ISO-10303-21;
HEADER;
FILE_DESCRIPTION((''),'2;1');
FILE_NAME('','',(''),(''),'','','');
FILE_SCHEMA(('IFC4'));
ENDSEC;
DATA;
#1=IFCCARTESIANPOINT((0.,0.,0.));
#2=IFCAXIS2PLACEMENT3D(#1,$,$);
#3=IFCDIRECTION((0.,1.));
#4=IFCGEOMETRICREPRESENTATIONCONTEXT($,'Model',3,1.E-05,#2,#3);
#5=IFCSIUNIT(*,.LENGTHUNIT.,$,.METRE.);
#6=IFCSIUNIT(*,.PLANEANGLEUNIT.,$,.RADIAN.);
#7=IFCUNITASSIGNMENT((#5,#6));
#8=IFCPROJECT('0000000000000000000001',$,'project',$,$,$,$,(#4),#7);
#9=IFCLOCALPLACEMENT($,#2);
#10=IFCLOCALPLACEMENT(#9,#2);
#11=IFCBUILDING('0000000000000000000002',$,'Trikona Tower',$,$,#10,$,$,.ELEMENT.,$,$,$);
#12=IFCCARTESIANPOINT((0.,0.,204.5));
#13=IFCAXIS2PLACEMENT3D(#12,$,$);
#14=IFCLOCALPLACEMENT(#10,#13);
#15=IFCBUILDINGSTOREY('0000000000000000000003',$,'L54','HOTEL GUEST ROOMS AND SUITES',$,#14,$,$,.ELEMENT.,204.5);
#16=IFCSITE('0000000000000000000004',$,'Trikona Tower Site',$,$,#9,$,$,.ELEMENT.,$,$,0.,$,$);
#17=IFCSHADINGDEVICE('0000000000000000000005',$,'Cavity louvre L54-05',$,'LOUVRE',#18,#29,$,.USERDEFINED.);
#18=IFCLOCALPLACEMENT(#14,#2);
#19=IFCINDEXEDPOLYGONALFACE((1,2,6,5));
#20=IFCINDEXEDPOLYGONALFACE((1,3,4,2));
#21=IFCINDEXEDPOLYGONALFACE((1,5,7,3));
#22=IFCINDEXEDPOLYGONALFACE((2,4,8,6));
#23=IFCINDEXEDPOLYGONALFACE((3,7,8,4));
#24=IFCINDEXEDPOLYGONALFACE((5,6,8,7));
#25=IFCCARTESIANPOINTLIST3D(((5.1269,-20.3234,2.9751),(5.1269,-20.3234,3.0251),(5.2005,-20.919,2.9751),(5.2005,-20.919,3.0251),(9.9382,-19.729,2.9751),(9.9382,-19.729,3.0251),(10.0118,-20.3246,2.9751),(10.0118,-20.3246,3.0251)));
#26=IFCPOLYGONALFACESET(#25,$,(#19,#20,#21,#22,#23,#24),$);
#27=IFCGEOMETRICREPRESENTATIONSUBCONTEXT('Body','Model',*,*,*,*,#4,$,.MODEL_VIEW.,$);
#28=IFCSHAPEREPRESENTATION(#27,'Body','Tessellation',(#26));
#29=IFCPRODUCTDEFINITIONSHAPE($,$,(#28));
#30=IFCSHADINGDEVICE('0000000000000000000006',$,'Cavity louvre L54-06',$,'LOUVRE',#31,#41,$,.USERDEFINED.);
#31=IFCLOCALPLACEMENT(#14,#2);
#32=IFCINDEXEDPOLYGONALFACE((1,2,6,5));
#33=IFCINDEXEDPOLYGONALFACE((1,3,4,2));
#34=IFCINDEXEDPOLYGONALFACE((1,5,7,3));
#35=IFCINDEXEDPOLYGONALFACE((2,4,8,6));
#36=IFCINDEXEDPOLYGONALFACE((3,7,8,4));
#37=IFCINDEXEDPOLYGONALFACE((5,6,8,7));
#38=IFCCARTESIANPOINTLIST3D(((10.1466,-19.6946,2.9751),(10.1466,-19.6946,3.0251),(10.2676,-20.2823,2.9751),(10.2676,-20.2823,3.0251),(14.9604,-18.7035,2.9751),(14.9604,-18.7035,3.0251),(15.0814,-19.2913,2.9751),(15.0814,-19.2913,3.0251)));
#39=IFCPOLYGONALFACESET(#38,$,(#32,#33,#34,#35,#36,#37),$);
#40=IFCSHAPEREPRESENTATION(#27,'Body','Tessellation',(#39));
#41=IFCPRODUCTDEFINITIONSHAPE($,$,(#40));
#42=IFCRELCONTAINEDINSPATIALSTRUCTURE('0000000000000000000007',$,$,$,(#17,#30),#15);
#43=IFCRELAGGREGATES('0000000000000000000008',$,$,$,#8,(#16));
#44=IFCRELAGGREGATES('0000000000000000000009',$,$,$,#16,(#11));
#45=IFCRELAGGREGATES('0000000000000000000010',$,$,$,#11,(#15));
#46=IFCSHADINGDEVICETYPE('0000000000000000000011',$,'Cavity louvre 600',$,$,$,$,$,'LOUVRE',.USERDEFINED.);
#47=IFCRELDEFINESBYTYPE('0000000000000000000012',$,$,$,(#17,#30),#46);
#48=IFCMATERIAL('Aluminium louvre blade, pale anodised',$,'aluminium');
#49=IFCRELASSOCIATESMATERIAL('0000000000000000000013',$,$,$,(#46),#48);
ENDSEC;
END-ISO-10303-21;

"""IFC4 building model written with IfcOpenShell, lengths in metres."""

from ifc_helpers import new_model, si_unit, direction, frame, origin, origin_2d, place, context, subcontext, project, spatial, rectangle, extrude, material, type_object, element, save


model = new_model("IFC4")

# Units and contexts
model_context = context("Model", 3, precision=1e-05, world=origin(), true_north=direction((0.0, 1.0)))
body_context = subcontext(model_context, "Body", "Model", "MODEL_VIEW")
ifc_project = project(units=[si_unit("LENGTHUNIT", "METRE"), si_unit("PLANEANGLEUNIT", "RADIAN")], contexts=[model_context])

# Site, building, storey
site_placement = place(None, origin())
site = spatial("IfcSite", under=ifc_project, at=site_placement, Name="Trikona Tower Site", CompositionType="ELEMENT", RefElevation=0.0)
building_placement = place(site_placement, origin())
building = spatial("IfcBuilding", under=site, at=building_placement, Name="Trikona Tower", CompositionType="ELEMENT")
storey_placement = place(building_placement, frame((0.0, 0.0, 204.5)))
storey = spatial("IfcBuildingStorey", under=building, at=storey_placement, Name="L54", Description="HOTEL GUEST ROOMS AND SUITES", CompositionType="ELEMENT", Elevation=204.5)

# Shading devices
ifc_material_1 = material(Name="Aluminium louvre blade, pale anodised", Category="aluminium")
shading_device_type = type_object("IfcShadingDeviceType", Name="Cavity louvre 600", ElementType="LOUVRE", PredefinedType="USERDEFINED", material=ifc_material_1)
shading_device_1_placement = place(storey_placement, frame((7.5693, -20.324, 2.9751), z_axis=(0.0, 0.0, 1.0), x_axis=(0.992455, 0.122607, 0.0)))
element("IfcShadingDevice", 1, at=shading_device_1_placement, inside=storey, type_object=shading_device_type, Name="Cavity louvre L54-05", ObjectType="LOUVRE", PredefinedType="USERDEFINED", context=body_context, shape_type="SweptSolid", body=[
    extrude(rectangle(XDim=4.8479, YDim=0.6001, at=origin_2d()), origin(), (0.0, 0.0, 1.0), 0.05),
])
shading_device_2_placement = place(storey_placement, frame((12.614, -19.4929, 2.9751), z_axis=(0.0, 0.0, 1.0), x_axis=(0.979458, 0.201651, 0.0)))
element("IfcShadingDevice", 2, at=shading_device_2_placement, inside=storey, type_object=shading_device_type, Name="Cavity louvre L54-06", ObjectType="LOUVRE", PredefinedType="USERDEFINED", context=body_context, shape_type="SweptSolid", body=[
    extrude(rectangle(XDim=4.9148, YDim=0.6001, at=origin_2d()), origin(), (0.0, 0.0, 1.0), 0.05),
])

save(model, "model.ifc")
